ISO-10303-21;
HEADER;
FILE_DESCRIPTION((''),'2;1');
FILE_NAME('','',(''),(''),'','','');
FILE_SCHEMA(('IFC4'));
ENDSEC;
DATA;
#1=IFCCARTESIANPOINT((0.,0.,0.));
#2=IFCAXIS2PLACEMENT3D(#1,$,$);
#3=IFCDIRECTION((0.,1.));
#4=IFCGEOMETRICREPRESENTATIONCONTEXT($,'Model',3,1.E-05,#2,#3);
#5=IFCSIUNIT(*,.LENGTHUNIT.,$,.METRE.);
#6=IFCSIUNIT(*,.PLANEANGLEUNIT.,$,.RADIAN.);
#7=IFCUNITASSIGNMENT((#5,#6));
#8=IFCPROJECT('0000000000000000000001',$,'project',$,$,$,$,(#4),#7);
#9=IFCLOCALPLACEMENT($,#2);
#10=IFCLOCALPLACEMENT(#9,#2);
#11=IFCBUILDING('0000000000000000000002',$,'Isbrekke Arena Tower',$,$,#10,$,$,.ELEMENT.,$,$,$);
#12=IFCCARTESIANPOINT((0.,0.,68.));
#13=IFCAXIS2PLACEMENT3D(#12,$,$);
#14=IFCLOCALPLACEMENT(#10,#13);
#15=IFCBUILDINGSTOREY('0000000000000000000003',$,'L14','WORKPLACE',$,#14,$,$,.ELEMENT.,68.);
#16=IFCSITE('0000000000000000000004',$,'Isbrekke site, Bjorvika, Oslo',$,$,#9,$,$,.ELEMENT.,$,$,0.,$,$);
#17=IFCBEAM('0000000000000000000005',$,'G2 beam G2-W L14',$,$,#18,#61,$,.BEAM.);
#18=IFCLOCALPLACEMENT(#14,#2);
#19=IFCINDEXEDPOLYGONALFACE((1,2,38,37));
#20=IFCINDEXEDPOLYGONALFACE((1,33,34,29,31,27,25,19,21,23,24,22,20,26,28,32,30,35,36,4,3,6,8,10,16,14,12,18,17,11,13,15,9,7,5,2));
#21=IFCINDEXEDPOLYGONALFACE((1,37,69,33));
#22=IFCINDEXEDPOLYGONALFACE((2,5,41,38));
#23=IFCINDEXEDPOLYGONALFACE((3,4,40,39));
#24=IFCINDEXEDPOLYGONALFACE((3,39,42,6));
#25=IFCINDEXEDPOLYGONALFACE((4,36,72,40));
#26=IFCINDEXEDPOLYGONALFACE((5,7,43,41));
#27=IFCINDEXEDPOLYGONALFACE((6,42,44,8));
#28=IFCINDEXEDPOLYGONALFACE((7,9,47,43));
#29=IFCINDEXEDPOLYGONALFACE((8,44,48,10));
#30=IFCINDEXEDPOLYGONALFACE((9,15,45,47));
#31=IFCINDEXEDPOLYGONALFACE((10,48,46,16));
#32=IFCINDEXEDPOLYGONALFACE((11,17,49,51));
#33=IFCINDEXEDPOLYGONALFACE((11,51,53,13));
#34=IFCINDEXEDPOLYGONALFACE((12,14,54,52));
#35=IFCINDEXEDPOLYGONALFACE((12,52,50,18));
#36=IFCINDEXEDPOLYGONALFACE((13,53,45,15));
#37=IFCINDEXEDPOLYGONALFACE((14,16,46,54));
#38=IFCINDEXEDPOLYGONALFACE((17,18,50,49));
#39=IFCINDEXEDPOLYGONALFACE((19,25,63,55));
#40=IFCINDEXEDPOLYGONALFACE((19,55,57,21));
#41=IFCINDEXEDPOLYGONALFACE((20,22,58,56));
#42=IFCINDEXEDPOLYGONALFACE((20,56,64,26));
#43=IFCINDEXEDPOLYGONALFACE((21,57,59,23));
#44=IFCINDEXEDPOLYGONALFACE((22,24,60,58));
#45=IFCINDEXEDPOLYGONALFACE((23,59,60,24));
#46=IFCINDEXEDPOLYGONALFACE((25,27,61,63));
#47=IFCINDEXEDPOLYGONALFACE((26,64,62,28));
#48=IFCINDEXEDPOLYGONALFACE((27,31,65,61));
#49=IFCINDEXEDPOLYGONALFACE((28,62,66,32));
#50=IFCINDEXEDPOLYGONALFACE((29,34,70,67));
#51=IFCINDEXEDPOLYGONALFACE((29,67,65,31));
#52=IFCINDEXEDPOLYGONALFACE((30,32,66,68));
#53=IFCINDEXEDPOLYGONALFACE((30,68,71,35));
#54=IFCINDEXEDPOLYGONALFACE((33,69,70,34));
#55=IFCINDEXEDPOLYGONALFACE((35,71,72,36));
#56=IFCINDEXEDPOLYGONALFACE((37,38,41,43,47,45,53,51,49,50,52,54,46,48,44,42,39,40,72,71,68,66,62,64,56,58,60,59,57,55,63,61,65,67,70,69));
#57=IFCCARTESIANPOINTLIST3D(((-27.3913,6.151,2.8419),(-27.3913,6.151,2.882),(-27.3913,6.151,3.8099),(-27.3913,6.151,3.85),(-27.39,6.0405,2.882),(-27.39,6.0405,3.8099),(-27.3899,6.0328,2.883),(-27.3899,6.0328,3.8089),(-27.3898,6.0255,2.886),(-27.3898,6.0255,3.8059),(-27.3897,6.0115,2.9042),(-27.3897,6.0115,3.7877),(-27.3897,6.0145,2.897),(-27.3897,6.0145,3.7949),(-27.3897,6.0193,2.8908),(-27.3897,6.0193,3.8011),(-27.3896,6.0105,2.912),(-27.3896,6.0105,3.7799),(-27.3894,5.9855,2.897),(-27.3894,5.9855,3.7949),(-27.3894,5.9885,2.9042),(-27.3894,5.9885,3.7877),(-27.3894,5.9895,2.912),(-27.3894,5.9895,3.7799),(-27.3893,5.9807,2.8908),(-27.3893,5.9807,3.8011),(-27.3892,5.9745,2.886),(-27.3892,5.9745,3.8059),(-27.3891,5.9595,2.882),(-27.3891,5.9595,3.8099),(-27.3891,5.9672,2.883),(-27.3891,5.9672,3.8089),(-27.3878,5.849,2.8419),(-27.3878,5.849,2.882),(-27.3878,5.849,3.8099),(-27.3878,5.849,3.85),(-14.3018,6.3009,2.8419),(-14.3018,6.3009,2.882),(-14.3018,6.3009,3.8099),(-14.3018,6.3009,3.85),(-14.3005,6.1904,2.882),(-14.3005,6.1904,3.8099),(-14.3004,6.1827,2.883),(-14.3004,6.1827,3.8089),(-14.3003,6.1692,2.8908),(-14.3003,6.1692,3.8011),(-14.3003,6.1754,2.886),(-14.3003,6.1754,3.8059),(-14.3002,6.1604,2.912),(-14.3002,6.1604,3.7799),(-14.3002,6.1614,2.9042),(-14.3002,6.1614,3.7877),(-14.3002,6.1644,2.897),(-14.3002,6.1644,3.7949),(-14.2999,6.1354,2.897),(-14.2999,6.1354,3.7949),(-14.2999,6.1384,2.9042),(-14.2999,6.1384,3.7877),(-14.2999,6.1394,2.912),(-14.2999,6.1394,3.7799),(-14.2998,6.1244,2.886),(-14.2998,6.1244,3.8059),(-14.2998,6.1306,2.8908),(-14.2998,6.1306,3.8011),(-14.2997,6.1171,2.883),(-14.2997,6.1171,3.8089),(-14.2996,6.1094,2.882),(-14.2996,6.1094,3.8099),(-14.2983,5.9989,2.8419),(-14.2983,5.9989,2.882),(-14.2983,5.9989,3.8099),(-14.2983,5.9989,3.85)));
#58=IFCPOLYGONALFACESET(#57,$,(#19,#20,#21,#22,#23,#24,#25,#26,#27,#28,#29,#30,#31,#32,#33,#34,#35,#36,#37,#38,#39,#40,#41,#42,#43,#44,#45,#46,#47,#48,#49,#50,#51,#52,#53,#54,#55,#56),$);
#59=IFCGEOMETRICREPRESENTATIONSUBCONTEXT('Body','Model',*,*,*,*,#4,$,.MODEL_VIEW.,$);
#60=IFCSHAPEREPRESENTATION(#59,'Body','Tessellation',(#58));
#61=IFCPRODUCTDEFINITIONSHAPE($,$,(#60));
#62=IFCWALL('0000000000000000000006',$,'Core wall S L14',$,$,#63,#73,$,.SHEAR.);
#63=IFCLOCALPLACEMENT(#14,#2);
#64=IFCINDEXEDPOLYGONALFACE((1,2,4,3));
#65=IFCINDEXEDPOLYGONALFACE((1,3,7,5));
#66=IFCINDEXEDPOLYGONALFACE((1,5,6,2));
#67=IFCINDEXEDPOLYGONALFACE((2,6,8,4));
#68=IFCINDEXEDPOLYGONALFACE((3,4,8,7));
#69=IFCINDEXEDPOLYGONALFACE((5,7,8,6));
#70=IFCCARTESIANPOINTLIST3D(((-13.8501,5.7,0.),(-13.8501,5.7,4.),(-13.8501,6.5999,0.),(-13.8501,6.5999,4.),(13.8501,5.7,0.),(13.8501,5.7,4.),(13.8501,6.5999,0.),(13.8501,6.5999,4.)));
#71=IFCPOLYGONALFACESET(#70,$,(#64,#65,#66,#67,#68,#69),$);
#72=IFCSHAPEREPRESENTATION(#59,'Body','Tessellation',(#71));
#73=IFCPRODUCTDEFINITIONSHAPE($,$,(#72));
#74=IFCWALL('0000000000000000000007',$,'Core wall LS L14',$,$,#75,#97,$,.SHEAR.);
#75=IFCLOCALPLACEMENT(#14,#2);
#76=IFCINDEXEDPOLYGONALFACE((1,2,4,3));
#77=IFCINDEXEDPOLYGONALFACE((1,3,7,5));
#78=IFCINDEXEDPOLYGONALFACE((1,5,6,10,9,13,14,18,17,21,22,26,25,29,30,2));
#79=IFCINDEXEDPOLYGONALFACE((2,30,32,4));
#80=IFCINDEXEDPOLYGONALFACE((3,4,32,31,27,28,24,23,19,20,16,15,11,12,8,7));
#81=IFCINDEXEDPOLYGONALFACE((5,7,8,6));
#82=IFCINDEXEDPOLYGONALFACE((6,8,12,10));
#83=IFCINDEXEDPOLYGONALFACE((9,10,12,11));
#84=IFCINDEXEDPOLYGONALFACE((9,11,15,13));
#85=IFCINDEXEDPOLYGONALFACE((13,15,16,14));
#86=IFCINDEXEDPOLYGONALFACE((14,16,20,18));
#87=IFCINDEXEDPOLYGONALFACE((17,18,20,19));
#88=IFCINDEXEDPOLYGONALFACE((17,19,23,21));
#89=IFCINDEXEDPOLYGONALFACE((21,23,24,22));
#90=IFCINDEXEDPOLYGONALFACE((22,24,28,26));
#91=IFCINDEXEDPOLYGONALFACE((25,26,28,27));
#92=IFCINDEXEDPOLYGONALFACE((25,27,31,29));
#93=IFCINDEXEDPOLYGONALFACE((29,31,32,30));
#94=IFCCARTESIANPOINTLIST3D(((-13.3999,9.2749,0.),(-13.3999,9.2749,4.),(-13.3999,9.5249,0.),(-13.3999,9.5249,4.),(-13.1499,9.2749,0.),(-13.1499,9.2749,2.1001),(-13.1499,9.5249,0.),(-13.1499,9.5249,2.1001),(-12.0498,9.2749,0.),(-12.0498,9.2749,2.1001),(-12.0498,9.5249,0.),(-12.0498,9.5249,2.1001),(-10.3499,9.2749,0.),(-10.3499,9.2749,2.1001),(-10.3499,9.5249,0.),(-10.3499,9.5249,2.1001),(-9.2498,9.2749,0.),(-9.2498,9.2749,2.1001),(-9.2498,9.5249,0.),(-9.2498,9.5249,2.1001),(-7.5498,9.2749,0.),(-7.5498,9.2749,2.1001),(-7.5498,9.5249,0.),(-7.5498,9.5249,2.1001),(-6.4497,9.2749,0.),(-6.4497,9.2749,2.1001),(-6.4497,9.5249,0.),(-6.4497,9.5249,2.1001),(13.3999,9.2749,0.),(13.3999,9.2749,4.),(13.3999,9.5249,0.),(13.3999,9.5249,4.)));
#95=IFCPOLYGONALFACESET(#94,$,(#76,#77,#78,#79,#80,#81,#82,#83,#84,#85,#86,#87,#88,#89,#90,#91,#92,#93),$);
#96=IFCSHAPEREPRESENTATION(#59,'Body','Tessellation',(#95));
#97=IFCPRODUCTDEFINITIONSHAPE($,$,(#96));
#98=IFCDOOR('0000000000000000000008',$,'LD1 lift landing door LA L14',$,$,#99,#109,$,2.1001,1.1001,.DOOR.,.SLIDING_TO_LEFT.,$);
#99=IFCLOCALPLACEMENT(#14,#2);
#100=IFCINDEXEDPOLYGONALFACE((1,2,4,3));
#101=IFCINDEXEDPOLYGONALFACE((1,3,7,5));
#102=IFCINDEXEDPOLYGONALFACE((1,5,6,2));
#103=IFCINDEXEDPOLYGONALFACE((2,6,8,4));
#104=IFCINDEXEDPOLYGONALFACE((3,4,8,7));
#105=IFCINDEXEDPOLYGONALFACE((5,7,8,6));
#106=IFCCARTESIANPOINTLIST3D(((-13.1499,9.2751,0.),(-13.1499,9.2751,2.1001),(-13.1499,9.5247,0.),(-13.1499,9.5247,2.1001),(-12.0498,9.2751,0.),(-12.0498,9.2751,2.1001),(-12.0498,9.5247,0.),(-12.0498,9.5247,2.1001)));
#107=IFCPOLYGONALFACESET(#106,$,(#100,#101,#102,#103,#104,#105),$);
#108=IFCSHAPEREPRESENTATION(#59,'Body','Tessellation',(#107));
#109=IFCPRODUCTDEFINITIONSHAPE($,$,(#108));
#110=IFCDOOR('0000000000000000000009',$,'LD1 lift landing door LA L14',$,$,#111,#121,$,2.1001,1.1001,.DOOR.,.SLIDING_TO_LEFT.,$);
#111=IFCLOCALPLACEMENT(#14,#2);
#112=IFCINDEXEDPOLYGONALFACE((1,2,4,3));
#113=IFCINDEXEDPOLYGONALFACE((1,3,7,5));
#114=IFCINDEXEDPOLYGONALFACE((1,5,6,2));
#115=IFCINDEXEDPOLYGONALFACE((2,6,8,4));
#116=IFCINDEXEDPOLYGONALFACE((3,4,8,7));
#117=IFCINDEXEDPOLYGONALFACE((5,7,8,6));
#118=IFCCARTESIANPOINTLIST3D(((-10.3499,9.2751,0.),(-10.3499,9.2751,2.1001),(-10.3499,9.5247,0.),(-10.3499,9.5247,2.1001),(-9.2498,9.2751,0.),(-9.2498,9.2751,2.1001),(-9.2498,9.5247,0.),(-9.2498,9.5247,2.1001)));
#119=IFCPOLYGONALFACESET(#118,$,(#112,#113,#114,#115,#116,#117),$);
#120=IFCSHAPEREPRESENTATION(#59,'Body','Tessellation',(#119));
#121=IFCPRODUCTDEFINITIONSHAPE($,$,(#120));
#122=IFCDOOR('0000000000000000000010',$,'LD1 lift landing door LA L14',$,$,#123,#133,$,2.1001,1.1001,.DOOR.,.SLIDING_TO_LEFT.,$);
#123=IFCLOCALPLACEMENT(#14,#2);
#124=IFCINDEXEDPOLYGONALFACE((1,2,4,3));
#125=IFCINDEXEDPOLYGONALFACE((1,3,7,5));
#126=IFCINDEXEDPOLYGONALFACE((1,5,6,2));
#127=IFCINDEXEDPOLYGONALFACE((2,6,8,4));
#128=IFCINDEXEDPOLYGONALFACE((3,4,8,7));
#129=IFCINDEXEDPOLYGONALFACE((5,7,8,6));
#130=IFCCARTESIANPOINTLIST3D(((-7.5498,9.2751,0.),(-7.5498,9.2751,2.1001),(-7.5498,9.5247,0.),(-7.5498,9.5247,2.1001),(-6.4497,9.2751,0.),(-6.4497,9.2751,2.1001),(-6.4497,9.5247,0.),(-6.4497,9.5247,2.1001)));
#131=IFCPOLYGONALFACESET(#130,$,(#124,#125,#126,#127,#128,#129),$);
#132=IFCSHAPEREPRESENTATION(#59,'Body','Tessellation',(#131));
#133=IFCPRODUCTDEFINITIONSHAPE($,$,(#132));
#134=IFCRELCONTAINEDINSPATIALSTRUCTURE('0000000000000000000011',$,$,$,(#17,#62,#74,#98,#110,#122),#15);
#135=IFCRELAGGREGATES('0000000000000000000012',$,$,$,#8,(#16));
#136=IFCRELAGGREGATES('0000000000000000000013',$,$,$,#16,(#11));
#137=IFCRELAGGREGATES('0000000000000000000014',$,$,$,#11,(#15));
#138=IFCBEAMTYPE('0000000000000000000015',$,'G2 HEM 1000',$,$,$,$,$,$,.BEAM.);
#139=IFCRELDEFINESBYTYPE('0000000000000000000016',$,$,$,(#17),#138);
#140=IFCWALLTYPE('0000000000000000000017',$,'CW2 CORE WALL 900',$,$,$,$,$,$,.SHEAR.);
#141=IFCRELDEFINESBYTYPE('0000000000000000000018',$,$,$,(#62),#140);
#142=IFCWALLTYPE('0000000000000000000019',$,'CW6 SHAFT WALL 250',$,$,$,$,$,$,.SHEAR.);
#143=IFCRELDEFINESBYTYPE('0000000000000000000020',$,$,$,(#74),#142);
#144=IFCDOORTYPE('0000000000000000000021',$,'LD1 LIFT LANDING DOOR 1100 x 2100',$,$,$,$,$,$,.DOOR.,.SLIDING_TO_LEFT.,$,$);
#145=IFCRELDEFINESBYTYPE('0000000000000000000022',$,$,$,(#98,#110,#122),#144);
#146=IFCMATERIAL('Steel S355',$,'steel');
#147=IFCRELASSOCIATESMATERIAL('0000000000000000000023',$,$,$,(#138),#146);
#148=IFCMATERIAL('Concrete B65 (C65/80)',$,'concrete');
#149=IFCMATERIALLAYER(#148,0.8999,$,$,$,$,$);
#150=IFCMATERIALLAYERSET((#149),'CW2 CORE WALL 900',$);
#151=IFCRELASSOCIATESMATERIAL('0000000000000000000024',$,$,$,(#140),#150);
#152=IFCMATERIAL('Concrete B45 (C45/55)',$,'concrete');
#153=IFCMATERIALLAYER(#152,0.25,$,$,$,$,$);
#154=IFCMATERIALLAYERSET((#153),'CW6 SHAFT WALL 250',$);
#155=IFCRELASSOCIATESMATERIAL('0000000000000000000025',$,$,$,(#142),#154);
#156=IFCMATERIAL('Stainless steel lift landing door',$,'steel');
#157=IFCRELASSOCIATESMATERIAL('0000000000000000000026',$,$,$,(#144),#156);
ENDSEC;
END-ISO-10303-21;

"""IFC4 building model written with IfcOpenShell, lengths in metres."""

from ifc_helpers import new_model, si_unit, direction, frame, frame_2d, origin, origin_2d, place, context, subcontext, project, spatial, rectangle, i_section, extrude, material, layer, layer_set, material_profile, profile_set, type_object, element, fill, save


model = new_model("IFC4")

# Units and contexts
model_context = context("Model", 3, precision=1e-05, world=origin(), true_north=direction((0.0, 1.0)))
body_context = subcontext(model_context, "Body", "Model", "MODEL_VIEW")
ifc_project = project(units=[si_unit("LENGTHUNIT", "METRE"), si_unit("PLANEANGLEUNIT", "RADIAN")], contexts=[model_context])

# Site, building, storey
site_placement = place(None, origin())
site = spatial("IfcSite", under=ifc_project, at=site_placement, Name="Isbrekke site, Bjorvika, Oslo", CompositionType="ELEMENT", RefElevation=0.0)
building_placement = place(site_placement, origin())
building = spatial("IfcBuilding", under=site, at=building_placement, Name="Isbrekke Arena Tower", CompositionType="ELEMENT")
storey_placement = place(building_placement, frame((0.0, 0.0, 68.0)))
storey = spatial("IfcBuildingStorey", under=building, at=storey_placement, Name="L14", Description="WORKPLACE", CompositionType="ELEMENT", Elevation=68.0)

# Beam
ifc_material_1 = material(Name="Steel S355", Category="steel")
ifc_material_profile = material_profile(ifc_material_1, i_section(OverallWidth=0.302, OverallDepth=1.0081, WebThickness=0.021, FlangeThickness=0.04, FilletRadius=0.03, at=origin_2d()), Name="HEM 1000")
ifc_profile_set = profile_set([ifc_material_profile], Name="Steel S355")
beam_type = type_object("IfcBeamType", Name="G2 HEM 1000", PredefinedType="BEAM", material=ifc_profile_set)
beam_placement = place(storey_placement, frame((-14.3, 6.1499, 3.3459), z_axis=(-0.999934, -0.011451, 0.0), x_axis=(0.011451, -0.999934, 0.0)))
element("IfcBeam", 1, at=beam_placement, inside=storey, type_object=beam_type, Name="G2 beam G2-W L14", PredefinedType="BEAM", context=body_context, shape_type="SweptSolid", body=[
    extrude(i_section(OverallWidth=0.302, OverallDepth=1.0081, WebThickness=0.021, FlangeThickness=0.04, FilletRadius=0.03, at=origin_2d()), origin(), (0.0, 0.0, 1.0), 13.0903),
])

# Wall
ifc_material_2 = material(Name="Concrete B65 (C65/80)", Category="concrete")
ifc_layer_1 = layer(ifc_material_2, 0.8999)
ifc_layer_set_1 = layer_set([ifc_layer_1], Name="CW2 CORE WALL 900")
wall_type_1 = type_object("IfcWallType", Name="CW2 CORE WALL 900", PredefinedType="SHEAR", material=ifc_layer_set_1)
wall_1_placement = place(storey_placement, frame((-13.8501, 6.1499, 0.0), z_axis=(0.0, 0.0, 1.0), x_axis=(1.0, 0.0, 0.0)))
element("IfcWall", 2, at=wall_1_placement, inside=storey, type_object=wall_type_1, Name="Core wall S L14", PredefinedType="SHEAR", context=body_context, shape_type="SweptSolid", body=[
    extrude(rectangle(XDim=27.7002, YDim=0.8999, at=frame_2d((13.8501, 0.0))), origin(), (0.0, 0.0, 1.0), 4.0),
])

# Wall, openings, doors
ifc_material_3 = material(Name="Concrete B45 (C45/55)", Category="concrete")
ifc_layer_2 = layer(ifc_material_3, 0.25)
ifc_layer_set_2 = layer_set([ifc_layer_2], Name="CW6 SHAFT WALL 250")
wall_type_2 = type_object("IfcWallType", Name="CW6 SHAFT WALL 250", PredefinedType="SHEAR", material=ifc_layer_set_2)
wall_2_placement = place(storey_placement, frame((-13.3999, 9.3999, 0.0), z_axis=(0.0, 0.0, 1.0), x_axis=(1.0, 0.0, 0.0)))
wall_2 = element("IfcWall", 3, at=wall_2_placement, inside=storey, type_object=wall_type_2, Name="Core wall LS L14", PredefinedType="SHEAR", context=body_context, shape_type="SweptSolid", body=[
    extrude(rectangle(XDim=26.7998, YDim=0.25, at=frame_2d((13.3999, 0.0))), origin(), (0.0, 0.0, 1.0), 4.0),
])
opening_1_placement = place(wall_2_placement, frame((0.25, 0.0, 0.0)))
opening_1 = element("IfcOpeningElement", 4, at=opening_1_placement, cuts=wall_2, PredefinedType="OPENING", context=body_context, shape_type="SweptSolid", body=[
    extrude(rectangle(XDim=1.1001, YDim=2.1001, at=frame_2d((0.55, 1.05))), frame((0.0, 0.1399, 0.0), z_axis=(0.0, -1.0, 0.0), x_axis=(1.0, 0.0, 0.0)), (0.0, 0.0, 1.0), 0.2798),
])
opening_2_placement = place(wall_2_placement, frame((3.05, 0.0, 0.0)))
opening_2 = element("IfcOpeningElement", 5, at=opening_2_placement, cuts=wall_2, PredefinedType="OPENING", context=body_context, shape_type="SweptSolid", body=[
    extrude(rectangle(XDim=1.1001, YDim=2.1001, at=frame_2d((0.55, 1.05))), frame((0.0, 0.1399, 0.0), z_axis=(0.0, -1.0, 0.0), x_axis=(1.0, 0.0, 0.0)), (0.0, 0.0, 1.0), 0.2798),
])
opening_3_placement = place(wall_2_placement, frame((5.8501, 0.0, 0.0)))
opening_3 = element("IfcOpeningElement", 6, at=opening_3_placement, cuts=wall_2, PredefinedType="OPENING", context=body_context, shape_type="SweptSolid", body=[
    extrude(rectangle(XDim=1.1001, YDim=2.1001, at=frame_2d((0.55, 1.05))), frame((0.0, 0.1399, 0.0), z_axis=(0.0, -1.0, 0.0), x_axis=(1.0, 0.0, 0.0)), (0.0, 0.0, 1.0), 0.2798),
])
ifc_material_4 = material(Name="Stainless steel lift landing door", Category="steel")
door_type_1 = type_object("IfcDoorType", Name="LD1 LIFT LANDING DOOR 1100 x 2100", OperationType="SLIDING_TO_LEFT", PredefinedType="DOOR", material=ifc_material_4)
door_1_placement = place(opening_1_placement, origin())
door_1 = element("IfcDoor", 7, at=door_1_placement, inside=storey, type_object=door_type_1, Name="LD1 lift landing door LA L14", OperationType="SLIDING_TO_LEFT", OverallHeight=2.1001, OverallWidth=1.1001, PredefinedType="DOOR", context=body_context, shape_type="SweptSolid", body=[
    extrude(rectangle(XDim=1.1001, YDim=2.1001, at=frame_2d((0.55, 1.05))), frame((0.0, 0.1248, 0.0), z_axis=(0.0, -1.0, 0.0), x_axis=(1.0, 0.0, 0.0)), (0.0, 0.0, 1.0), 0.2495),
])
fill(opening_1, door_1)
door_2_placement = place(opening_2_placement, origin())
door_2 = element("IfcDoor", 8, at=door_2_placement, inside=storey, type_object=door_type_1, Name="LD1 lift landing door LA L14", OperationType="SLIDING_TO_LEFT", OverallHeight=2.1001, OverallWidth=1.1001, PredefinedType="DOOR", context=body_context, shape_type="SweptSolid", body=[
    extrude(rectangle(XDim=1.1001, YDim=2.1001, at=frame_2d((0.55, 1.05))), frame((0.0, 0.1248, 0.0), z_axis=(0.0, -1.0, 0.0), x_axis=(1.0, 0.0, 0.0)), (0.0, 0.0, 1.0), 0.2495),
])
fill(opening_2, door_2)
door_3_placement = place(opening_3_placement, origin())
door_3 = element("IfcDoor", 9, at=door_3_placement, inside=storey, type_object=door_type_1, Name="LD1 lift landing door LA L14", OperationType="SLIDING_TO_LEFT", OverallHeight=2.1001, OverallWidth=1.1001, PredefinedType="DOOR", context=body_context, shape_type="SweptSolid", body=[
    extrude(rectangle(XDim=1.1001, YDim=2.1001, at=frame_2d((0.55, 1.05))), frame((0.0, 0.1248, 0.0), z_axis=(0.0, -1.0, 0.0), x_axis=(1.0, 0.0, 0.0)), (0.0, 0.0, 1.0), 0.2495),
])
fill(opening_3, door_3)

save(model, "model.ifc")
